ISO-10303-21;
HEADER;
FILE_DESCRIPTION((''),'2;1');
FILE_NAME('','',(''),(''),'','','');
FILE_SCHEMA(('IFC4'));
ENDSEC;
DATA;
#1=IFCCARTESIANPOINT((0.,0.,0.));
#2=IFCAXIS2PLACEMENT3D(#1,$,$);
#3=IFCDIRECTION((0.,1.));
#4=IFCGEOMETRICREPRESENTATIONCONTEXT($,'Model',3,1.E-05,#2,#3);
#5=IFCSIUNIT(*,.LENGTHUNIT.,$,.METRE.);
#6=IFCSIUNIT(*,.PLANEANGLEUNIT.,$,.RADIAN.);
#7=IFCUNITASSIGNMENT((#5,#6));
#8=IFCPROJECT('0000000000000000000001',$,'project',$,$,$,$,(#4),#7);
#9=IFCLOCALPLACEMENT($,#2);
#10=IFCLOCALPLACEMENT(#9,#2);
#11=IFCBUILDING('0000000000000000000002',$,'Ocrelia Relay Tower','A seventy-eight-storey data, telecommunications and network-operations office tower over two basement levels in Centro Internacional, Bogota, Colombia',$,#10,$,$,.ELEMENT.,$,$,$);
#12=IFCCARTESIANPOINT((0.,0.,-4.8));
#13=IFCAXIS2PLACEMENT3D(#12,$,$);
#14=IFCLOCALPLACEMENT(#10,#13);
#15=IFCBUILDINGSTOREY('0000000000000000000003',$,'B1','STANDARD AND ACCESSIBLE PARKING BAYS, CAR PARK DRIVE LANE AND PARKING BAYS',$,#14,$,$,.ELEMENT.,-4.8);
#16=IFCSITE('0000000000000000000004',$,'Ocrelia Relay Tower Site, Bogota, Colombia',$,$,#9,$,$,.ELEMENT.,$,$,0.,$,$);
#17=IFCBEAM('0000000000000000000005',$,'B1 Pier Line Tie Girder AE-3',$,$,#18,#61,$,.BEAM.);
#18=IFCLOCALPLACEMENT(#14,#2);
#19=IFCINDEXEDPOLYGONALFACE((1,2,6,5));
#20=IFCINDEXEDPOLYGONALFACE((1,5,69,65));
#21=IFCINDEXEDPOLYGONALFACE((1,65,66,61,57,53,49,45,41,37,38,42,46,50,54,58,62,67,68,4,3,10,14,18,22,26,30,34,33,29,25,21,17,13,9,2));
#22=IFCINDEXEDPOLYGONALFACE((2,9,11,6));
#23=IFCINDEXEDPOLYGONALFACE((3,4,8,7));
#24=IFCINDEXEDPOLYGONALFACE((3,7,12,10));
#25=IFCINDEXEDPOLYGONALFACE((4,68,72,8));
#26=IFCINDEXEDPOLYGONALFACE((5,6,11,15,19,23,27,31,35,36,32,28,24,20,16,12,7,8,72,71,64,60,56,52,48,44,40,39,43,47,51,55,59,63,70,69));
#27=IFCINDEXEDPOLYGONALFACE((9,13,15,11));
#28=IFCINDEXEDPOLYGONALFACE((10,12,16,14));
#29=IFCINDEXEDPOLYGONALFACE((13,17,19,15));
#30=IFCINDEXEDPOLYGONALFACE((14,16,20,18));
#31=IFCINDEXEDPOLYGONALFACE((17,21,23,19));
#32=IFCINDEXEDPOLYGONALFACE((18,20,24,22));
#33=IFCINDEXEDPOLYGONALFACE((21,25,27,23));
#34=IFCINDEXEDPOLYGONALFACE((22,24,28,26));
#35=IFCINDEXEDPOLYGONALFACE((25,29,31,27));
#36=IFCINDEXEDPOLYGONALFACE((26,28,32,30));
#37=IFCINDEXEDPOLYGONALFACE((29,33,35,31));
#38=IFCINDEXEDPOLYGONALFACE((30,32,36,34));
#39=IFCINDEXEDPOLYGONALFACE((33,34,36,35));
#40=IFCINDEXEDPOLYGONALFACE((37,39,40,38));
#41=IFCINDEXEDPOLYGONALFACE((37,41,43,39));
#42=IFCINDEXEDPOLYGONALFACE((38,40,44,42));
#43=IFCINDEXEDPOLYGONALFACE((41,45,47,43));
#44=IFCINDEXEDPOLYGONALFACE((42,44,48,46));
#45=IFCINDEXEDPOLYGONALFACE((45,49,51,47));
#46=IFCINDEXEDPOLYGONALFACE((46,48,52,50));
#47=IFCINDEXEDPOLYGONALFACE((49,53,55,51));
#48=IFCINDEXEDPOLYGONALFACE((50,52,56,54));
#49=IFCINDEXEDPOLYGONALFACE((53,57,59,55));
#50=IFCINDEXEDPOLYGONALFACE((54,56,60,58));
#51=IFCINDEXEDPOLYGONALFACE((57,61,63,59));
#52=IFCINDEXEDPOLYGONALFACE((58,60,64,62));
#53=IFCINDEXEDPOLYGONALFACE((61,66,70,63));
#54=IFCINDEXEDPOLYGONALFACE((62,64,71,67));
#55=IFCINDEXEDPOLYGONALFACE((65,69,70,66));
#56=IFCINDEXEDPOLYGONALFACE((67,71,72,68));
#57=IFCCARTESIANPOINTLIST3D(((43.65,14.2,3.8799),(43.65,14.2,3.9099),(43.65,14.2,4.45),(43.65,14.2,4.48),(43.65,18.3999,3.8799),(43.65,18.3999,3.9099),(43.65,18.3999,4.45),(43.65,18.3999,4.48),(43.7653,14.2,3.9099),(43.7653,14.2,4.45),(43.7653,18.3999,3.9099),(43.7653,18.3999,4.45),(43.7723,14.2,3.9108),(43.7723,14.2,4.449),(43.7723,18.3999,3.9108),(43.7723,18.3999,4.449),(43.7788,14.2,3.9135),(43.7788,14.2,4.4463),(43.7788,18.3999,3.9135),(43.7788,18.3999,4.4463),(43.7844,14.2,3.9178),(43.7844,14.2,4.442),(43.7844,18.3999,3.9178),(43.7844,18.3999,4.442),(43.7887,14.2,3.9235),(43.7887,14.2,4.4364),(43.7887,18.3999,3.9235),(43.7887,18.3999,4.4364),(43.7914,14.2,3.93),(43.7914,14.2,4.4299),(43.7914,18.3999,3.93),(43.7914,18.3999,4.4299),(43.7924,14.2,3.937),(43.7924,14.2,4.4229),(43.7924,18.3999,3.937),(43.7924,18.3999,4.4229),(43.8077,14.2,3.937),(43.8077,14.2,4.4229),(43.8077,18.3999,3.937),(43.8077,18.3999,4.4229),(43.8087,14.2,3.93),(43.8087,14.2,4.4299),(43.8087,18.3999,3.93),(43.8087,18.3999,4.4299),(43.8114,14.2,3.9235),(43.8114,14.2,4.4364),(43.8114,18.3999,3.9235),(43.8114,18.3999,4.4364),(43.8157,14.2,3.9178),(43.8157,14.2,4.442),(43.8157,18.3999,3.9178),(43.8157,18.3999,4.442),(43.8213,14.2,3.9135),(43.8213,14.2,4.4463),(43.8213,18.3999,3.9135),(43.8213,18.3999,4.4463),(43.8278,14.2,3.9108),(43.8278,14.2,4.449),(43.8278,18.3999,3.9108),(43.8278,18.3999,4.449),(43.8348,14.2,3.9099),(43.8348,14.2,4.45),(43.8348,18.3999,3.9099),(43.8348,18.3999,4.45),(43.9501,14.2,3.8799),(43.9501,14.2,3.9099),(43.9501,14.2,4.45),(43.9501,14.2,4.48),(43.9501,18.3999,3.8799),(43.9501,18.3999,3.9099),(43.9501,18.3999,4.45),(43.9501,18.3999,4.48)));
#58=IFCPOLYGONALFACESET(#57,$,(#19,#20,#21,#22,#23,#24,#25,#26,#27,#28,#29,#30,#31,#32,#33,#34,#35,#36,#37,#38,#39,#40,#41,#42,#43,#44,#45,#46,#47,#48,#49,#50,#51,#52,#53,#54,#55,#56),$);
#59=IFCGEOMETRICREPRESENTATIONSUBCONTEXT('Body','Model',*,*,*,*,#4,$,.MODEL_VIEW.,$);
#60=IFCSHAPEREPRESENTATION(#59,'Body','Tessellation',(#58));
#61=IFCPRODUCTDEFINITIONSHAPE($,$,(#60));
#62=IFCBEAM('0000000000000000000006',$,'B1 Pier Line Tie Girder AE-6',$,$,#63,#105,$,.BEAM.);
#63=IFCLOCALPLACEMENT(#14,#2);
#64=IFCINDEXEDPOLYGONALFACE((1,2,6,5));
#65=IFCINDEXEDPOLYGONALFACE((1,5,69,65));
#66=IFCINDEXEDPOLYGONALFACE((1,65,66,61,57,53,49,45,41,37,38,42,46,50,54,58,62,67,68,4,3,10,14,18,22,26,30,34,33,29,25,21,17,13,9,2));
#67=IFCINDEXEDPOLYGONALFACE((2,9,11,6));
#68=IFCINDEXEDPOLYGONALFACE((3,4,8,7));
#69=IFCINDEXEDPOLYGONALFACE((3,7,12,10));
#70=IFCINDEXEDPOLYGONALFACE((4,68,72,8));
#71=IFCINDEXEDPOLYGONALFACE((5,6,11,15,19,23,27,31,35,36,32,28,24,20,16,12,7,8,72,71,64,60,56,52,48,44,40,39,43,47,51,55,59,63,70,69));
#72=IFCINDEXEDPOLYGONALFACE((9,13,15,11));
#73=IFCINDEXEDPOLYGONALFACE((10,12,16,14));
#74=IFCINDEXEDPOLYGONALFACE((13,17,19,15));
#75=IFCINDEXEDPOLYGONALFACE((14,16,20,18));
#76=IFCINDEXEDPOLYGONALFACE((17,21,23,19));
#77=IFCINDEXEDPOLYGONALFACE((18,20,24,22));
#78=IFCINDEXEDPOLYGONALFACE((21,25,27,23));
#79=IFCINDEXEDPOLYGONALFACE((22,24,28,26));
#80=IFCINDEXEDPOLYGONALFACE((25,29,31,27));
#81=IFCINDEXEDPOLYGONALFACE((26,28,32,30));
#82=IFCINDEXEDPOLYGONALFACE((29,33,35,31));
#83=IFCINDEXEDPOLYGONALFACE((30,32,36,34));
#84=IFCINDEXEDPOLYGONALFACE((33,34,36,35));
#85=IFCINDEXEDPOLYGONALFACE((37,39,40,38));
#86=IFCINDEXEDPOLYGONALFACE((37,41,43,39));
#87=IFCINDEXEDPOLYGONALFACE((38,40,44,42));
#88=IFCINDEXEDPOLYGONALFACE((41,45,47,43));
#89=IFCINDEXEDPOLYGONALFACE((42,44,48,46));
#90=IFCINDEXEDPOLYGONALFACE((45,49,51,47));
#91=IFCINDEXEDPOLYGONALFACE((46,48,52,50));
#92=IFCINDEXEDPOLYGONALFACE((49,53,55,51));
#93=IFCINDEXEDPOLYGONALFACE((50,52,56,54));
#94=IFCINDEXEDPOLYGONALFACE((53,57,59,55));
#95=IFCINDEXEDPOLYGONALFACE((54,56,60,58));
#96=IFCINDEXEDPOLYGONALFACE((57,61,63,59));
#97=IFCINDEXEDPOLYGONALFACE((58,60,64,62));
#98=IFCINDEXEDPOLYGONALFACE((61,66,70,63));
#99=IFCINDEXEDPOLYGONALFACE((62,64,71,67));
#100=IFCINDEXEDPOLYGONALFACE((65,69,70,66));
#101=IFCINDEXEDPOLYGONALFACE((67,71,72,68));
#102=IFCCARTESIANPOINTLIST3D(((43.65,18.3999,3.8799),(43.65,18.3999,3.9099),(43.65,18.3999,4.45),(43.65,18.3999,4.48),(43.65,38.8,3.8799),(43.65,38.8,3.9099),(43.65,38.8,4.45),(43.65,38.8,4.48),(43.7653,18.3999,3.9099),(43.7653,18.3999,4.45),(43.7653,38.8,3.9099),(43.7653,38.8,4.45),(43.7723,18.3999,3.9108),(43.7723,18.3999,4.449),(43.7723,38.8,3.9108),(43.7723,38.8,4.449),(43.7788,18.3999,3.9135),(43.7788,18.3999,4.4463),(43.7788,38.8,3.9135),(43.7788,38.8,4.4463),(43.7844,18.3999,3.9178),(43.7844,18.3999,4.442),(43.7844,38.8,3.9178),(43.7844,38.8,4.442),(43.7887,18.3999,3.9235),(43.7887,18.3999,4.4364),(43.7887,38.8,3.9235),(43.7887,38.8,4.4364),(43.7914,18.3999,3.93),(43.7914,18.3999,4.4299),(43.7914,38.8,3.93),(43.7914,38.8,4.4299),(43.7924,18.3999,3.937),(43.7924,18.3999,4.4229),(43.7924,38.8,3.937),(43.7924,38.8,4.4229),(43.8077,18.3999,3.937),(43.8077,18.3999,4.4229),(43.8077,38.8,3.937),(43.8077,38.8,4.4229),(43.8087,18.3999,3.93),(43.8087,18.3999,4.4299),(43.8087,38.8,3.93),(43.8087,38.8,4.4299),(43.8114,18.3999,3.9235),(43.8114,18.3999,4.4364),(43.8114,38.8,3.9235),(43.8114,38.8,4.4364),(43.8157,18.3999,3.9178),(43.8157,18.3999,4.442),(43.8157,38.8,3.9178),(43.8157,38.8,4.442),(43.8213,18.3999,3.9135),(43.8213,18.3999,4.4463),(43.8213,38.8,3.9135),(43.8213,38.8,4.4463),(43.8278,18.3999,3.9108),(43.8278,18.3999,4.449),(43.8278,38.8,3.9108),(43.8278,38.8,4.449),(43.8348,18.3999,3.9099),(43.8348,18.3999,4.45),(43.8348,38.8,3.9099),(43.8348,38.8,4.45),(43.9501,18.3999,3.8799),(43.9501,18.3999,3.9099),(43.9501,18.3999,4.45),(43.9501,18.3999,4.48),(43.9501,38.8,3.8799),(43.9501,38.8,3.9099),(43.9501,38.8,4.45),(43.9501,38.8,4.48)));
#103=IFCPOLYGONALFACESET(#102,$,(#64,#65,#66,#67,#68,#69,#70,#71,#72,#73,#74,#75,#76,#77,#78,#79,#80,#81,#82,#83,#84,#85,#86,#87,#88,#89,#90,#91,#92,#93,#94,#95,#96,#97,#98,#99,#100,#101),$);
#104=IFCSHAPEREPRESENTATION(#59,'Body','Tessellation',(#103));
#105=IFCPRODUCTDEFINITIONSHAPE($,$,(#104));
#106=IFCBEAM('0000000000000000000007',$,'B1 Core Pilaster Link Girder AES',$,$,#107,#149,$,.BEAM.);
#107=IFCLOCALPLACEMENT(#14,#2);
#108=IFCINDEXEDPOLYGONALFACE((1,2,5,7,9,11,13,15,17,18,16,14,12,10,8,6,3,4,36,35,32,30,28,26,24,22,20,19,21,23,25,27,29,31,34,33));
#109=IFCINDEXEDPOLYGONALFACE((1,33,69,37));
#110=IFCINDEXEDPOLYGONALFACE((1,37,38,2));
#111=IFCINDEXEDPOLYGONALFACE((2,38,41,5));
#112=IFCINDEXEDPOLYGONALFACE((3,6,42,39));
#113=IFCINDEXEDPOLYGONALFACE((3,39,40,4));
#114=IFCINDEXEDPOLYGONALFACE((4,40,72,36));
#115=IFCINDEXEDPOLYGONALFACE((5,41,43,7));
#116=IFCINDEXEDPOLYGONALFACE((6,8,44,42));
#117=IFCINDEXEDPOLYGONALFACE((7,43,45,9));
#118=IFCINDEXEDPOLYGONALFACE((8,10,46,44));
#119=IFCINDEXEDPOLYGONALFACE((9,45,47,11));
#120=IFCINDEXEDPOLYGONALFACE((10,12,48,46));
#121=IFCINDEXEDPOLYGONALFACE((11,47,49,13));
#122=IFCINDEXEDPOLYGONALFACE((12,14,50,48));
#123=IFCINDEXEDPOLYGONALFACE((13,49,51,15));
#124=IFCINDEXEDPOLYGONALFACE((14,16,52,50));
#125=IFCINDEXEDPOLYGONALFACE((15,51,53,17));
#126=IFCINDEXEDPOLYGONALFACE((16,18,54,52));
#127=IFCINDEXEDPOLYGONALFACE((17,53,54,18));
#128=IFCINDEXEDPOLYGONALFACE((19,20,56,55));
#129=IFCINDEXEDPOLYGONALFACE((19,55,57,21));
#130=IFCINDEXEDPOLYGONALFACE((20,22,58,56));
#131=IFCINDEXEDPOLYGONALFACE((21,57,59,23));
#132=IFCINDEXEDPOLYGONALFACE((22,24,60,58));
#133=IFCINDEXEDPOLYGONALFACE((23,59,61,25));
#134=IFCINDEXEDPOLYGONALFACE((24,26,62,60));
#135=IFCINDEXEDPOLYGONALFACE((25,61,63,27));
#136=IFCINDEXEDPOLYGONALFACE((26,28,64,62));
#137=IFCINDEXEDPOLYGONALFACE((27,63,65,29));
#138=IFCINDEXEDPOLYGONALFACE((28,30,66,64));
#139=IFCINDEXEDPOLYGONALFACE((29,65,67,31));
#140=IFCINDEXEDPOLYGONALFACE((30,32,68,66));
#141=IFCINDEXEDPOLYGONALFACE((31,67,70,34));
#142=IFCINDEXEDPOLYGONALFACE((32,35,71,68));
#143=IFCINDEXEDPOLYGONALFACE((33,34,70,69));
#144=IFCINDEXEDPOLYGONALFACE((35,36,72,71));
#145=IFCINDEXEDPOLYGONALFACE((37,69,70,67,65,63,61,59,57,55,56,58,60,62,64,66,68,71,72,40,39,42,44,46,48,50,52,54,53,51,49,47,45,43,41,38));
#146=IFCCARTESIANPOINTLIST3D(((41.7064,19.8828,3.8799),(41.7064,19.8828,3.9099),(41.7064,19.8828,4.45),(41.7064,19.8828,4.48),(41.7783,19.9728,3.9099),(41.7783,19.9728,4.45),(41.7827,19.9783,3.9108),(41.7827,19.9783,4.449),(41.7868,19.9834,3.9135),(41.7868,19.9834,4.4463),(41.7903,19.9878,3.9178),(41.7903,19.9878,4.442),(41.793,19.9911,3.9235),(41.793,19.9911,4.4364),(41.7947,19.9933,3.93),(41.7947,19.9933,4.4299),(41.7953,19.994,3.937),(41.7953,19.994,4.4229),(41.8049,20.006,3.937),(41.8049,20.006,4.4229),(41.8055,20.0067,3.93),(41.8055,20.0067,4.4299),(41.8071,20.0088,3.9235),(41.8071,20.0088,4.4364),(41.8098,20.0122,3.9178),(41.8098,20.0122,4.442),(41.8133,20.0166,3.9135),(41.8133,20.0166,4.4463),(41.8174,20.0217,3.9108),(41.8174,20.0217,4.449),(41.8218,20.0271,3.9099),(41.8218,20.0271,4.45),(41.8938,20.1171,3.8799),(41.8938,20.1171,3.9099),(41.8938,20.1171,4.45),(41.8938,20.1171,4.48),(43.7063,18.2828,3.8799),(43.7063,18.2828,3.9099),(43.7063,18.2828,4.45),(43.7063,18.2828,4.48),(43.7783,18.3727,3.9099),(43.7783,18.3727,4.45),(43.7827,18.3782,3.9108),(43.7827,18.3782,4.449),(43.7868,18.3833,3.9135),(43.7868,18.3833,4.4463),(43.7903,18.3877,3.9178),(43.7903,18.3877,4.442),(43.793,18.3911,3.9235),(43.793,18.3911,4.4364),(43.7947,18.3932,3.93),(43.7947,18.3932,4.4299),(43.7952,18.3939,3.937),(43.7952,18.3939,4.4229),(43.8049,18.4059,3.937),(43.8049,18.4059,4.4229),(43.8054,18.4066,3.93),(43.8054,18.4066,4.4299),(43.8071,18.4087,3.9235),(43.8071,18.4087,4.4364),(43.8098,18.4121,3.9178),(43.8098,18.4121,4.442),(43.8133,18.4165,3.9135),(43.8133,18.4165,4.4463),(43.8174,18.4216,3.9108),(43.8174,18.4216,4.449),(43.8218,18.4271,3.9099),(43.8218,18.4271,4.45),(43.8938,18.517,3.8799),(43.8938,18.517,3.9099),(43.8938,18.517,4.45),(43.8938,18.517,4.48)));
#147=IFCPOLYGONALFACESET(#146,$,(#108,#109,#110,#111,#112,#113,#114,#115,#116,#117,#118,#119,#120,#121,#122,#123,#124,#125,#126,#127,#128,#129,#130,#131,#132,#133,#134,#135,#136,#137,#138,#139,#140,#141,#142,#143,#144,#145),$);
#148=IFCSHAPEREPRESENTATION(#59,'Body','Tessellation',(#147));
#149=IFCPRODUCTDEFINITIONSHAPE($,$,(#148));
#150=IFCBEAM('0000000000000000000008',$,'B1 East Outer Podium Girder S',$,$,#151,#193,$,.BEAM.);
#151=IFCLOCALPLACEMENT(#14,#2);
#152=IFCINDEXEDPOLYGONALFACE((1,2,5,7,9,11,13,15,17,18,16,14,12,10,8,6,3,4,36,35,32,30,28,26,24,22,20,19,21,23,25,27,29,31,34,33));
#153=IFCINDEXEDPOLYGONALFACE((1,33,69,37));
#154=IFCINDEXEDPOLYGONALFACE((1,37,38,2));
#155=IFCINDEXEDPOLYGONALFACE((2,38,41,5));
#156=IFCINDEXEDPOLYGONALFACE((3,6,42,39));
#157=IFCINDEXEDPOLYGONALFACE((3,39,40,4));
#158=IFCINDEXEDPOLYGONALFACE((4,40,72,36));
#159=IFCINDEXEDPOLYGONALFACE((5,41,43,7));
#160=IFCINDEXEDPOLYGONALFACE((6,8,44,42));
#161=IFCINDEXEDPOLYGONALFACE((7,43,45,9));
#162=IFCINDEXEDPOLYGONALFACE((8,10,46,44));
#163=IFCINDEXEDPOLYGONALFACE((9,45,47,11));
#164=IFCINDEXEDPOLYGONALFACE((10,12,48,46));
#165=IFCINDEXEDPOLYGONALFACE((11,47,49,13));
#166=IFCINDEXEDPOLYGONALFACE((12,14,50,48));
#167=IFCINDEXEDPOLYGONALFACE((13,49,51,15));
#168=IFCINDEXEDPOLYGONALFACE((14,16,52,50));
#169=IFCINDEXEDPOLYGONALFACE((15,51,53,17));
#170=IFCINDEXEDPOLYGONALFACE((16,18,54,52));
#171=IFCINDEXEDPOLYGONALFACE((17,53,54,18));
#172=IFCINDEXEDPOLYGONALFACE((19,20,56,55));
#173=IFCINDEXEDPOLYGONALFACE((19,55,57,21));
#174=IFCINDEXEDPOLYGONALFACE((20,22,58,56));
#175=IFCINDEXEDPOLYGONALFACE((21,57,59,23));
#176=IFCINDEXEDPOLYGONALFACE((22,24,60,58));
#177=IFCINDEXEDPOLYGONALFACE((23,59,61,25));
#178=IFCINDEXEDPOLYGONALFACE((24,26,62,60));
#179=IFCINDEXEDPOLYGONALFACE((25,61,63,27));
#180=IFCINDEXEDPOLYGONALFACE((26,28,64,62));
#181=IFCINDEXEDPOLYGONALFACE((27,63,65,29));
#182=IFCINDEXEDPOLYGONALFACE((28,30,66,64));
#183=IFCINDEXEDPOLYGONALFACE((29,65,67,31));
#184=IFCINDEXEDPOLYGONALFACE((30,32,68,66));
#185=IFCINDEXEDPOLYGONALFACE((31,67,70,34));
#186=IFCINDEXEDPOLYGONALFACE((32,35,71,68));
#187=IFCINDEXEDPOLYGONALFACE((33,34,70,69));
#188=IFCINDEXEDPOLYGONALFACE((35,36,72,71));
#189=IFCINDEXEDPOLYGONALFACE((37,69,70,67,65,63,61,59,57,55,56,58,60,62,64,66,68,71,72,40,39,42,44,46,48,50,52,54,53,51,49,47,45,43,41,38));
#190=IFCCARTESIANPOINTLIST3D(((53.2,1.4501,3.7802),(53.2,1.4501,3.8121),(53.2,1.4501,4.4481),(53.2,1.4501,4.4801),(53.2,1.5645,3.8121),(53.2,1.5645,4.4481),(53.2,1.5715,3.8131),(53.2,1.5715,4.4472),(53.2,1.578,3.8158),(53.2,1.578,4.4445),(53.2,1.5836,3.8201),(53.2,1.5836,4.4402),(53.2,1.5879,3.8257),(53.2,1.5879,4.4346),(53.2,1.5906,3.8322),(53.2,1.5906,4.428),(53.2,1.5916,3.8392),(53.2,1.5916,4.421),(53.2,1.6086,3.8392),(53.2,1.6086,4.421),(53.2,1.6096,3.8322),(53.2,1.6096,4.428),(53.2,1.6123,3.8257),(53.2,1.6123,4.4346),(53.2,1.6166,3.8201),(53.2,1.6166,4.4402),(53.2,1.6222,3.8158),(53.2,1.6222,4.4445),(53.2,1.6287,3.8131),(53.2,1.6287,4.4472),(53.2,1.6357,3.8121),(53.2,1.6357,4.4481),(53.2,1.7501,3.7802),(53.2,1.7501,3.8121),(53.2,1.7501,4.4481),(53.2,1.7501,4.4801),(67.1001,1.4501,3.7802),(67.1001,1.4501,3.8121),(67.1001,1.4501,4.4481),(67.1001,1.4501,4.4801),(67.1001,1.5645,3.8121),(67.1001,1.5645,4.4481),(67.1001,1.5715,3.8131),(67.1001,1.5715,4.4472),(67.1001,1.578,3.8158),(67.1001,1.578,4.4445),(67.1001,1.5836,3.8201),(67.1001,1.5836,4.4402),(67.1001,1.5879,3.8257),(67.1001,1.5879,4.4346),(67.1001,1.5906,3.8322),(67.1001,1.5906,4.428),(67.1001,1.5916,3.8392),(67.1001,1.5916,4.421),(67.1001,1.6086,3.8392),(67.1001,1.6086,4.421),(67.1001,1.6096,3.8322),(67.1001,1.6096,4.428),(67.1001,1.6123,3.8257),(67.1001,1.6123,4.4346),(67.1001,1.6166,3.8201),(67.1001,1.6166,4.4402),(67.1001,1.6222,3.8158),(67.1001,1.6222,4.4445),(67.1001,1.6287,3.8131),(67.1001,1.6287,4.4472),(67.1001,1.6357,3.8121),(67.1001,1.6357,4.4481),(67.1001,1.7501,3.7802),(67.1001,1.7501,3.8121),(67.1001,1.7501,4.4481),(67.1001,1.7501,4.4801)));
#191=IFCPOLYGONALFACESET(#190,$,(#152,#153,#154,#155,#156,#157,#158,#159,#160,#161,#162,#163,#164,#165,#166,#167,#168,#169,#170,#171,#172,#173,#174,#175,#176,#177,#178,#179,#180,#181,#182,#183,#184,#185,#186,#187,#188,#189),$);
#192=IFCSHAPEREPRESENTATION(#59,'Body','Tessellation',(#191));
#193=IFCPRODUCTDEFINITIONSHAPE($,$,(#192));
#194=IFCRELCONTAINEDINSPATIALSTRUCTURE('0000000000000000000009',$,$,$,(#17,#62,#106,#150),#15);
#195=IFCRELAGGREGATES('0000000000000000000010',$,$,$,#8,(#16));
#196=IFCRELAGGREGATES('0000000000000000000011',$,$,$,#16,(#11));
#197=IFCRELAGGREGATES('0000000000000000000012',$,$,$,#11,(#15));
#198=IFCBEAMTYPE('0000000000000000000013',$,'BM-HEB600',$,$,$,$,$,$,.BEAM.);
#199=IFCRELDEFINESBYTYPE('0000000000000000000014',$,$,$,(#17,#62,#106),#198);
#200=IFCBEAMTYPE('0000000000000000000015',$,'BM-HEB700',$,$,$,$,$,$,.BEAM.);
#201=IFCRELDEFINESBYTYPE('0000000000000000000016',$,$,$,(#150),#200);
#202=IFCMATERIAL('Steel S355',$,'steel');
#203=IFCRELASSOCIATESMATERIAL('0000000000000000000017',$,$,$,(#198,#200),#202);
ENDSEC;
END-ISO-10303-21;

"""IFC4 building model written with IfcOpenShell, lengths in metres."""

from ifc_helpers import new_model, si_unit, direction, frame, origin, origin_2d, place, context, subcontext, project, spatial, i_section, extrude, material, material_profile, profile_set, type_object, element, save


model = new_model("IFC4")

# Units and contexts
model_context = context("Model", 3, precision=1e-05, world=origin(), true_north=direction((0.0, 1.0)))
body_context = subcontext(model_context, "Body", "Model", "MODEL_VIEW")
ifc_project = project(units=[si_unit("LENGTHUNIT", "METRE"), si_unit("PLANEANGLEUNIT", "RADIAN")], contexts=[model_context])

# Site, building, storey
site_placement = place(None, origin())
site = spatial("IfcSite", under=ifc_project, at=site_placement, Name="Ocrelia Relay Tower Site, Bogota, Colombia", CompositionType="ELEMENT", RefElevation=0.0)
building_placement = place(site_placement, origin())
building = spatial("IfcBuilding", under=site, at=building_placement, Name="Ocrelia Relay Tower", Description="A seventy-eight-storey data, telecommunications and network-operations office tower over two basement levels in Centro Internacional, Bogota, Colombia", CompositionType="ELEMENT")
storey_placement = place(building_placement, frame((0.0, 0.0, -4.8)))
storey = spatial("IfcBuildingStorey", under=building, at=storey_placement, Name="B1", Description="STANDARD AND ACCESSIBLE PARKING BAYS, CAR PARK DRIVE LANE AND PARKING BAYS", CompositionType="ELEMENT", Elevation=-4.8)

# Beams
ifc_material_1 = material(Name="Steel S355", Category="steel")
ifc_material_profile_1 = material_profile(ifc_material_1, i_section(OverallWidth=0.3, OverallDepth=0.6001, WebThickness=0.0154, FlangeThickness=0.03, FilletRadius=0.0271, at=origin_2d()), Name="HEB 600")
ifc_profile_set_1 = profile_set([ifc_material_profile_1], Name="Steel S355")
beam_type_1 = type_object("IfcBeamType", Name="BM-HEB600", PredefinedType="BEAM", material=ifc_profile_set_1)
beam_1_placement = place(storey_placement, frame((43.8, 14.2, 4.1799), z_axis=(0.0, 1.0, 0.0), x_axis=(-1.0, 0.0, 0.0)))
element("IfcBeam", 1, at=beam_1_placement, inside=storey, type_object=beam_type_1, Name="B1 Pier Line Tie Girder AE-3", PredefinedType="BEAM", context=body_context, shape_type="SweptSolid", body=[
    extrude(i_section(OverallWidth=0.3, OverallDepth=0.6001, WebThickness=0.0154, FlangeThickness=0.03, FilletRadius=0.0271, at=origin_2d()), origin(), (0.0, 0.0, 1.0), 4.2),
])
beam_2_placement = place(storey_placement, frame((43.8, 18.3999, 4.1799), z_axis=(0.0, 1.0, 0.0), x_axis=(-1.0, 0.0, 0.0)))
element("IfcBeam", 2, at=beam_2_placement, inside=storey, type_object=beam_type_1, Name="B1 Pier Line Tie Girder AE-6", PredefinedType="BEAM", context=body_context, shape_type="SweptSolid", body=[
    extrude(i_section(OverallWidth=0.3, OverallDepth=0.6001, WebThickness=0.0154, FlangeThickness=0.03, FilletRadius=0.0271, at=origin_2d()), origin(), (0.0, 0.0, 1.0), 20.4001),
])
beam_3_placement = place(storey_placement, frame((43.8, 18.3999, 4.1799), z_axis=(-0.78085, 0.624718, 0.0), x_axis=(-0.624718, -0.78085, 0.0)))
element("IfcBeam", 3, at=beam_3_placement, inside=storey, type_object=beam_type_1, Name="B1 Core Pilaster Link Girder AES", PredefinedType="BEAM", context=body_context, shape_type="SweptSolid", body=[
    extrude(i_section(OverallWidth=0.3, OverallDepth=0.6001, WebThickness=0.0154, FlangeThickness=0.03, FilletRadius=0.0271, at=origin_2d()), origin(), (0.0, 0.0, 1.0), 2.5613),
])
ifc_material_profile_2 = material_profile(ifc_material_1, i_section(OverallWidth=0.3, OverallDepth=0.7, WebThickness=0.0171, FlangeThickness=0.032, FilletRadius=0.0271, at=origin_2d()), Name="HEB 700")
ifc_profile_set_2 = profile_set([ifc_material_profile_2], Name="Steel S355")
beam_type_2 = type_object("IfcBeamType", Name="BM-HEB700", PredefinedType="BEAM", material=ifc_profile_set_2)
beam_4_placement = place(storey_placement, frame((53.2, 1.6001, 4.1301), z_axis=(1.0, 0.0, 0.0), x_axis=(0.0, 1.0, 0.0)))
element("IfcBeam", 4, at=beam_4_placement, inside=storey, type_object=beam_type_2, Name="B1 East Outer Podium Girder S", PredefinedType="BEAM", context=body_context, shape_type="SweptSolid", body=[
    extrude(i_section(OverallWidth=0.3, OverallDepth=0.7, WebThickness=0.0171, FlangeThickness=0.032, FilletRadius=0.0271, at=origin_2d()), origin(), (0.0, 0.0, 1.0), 13.9001),
])

save(model, "model.ifc")
